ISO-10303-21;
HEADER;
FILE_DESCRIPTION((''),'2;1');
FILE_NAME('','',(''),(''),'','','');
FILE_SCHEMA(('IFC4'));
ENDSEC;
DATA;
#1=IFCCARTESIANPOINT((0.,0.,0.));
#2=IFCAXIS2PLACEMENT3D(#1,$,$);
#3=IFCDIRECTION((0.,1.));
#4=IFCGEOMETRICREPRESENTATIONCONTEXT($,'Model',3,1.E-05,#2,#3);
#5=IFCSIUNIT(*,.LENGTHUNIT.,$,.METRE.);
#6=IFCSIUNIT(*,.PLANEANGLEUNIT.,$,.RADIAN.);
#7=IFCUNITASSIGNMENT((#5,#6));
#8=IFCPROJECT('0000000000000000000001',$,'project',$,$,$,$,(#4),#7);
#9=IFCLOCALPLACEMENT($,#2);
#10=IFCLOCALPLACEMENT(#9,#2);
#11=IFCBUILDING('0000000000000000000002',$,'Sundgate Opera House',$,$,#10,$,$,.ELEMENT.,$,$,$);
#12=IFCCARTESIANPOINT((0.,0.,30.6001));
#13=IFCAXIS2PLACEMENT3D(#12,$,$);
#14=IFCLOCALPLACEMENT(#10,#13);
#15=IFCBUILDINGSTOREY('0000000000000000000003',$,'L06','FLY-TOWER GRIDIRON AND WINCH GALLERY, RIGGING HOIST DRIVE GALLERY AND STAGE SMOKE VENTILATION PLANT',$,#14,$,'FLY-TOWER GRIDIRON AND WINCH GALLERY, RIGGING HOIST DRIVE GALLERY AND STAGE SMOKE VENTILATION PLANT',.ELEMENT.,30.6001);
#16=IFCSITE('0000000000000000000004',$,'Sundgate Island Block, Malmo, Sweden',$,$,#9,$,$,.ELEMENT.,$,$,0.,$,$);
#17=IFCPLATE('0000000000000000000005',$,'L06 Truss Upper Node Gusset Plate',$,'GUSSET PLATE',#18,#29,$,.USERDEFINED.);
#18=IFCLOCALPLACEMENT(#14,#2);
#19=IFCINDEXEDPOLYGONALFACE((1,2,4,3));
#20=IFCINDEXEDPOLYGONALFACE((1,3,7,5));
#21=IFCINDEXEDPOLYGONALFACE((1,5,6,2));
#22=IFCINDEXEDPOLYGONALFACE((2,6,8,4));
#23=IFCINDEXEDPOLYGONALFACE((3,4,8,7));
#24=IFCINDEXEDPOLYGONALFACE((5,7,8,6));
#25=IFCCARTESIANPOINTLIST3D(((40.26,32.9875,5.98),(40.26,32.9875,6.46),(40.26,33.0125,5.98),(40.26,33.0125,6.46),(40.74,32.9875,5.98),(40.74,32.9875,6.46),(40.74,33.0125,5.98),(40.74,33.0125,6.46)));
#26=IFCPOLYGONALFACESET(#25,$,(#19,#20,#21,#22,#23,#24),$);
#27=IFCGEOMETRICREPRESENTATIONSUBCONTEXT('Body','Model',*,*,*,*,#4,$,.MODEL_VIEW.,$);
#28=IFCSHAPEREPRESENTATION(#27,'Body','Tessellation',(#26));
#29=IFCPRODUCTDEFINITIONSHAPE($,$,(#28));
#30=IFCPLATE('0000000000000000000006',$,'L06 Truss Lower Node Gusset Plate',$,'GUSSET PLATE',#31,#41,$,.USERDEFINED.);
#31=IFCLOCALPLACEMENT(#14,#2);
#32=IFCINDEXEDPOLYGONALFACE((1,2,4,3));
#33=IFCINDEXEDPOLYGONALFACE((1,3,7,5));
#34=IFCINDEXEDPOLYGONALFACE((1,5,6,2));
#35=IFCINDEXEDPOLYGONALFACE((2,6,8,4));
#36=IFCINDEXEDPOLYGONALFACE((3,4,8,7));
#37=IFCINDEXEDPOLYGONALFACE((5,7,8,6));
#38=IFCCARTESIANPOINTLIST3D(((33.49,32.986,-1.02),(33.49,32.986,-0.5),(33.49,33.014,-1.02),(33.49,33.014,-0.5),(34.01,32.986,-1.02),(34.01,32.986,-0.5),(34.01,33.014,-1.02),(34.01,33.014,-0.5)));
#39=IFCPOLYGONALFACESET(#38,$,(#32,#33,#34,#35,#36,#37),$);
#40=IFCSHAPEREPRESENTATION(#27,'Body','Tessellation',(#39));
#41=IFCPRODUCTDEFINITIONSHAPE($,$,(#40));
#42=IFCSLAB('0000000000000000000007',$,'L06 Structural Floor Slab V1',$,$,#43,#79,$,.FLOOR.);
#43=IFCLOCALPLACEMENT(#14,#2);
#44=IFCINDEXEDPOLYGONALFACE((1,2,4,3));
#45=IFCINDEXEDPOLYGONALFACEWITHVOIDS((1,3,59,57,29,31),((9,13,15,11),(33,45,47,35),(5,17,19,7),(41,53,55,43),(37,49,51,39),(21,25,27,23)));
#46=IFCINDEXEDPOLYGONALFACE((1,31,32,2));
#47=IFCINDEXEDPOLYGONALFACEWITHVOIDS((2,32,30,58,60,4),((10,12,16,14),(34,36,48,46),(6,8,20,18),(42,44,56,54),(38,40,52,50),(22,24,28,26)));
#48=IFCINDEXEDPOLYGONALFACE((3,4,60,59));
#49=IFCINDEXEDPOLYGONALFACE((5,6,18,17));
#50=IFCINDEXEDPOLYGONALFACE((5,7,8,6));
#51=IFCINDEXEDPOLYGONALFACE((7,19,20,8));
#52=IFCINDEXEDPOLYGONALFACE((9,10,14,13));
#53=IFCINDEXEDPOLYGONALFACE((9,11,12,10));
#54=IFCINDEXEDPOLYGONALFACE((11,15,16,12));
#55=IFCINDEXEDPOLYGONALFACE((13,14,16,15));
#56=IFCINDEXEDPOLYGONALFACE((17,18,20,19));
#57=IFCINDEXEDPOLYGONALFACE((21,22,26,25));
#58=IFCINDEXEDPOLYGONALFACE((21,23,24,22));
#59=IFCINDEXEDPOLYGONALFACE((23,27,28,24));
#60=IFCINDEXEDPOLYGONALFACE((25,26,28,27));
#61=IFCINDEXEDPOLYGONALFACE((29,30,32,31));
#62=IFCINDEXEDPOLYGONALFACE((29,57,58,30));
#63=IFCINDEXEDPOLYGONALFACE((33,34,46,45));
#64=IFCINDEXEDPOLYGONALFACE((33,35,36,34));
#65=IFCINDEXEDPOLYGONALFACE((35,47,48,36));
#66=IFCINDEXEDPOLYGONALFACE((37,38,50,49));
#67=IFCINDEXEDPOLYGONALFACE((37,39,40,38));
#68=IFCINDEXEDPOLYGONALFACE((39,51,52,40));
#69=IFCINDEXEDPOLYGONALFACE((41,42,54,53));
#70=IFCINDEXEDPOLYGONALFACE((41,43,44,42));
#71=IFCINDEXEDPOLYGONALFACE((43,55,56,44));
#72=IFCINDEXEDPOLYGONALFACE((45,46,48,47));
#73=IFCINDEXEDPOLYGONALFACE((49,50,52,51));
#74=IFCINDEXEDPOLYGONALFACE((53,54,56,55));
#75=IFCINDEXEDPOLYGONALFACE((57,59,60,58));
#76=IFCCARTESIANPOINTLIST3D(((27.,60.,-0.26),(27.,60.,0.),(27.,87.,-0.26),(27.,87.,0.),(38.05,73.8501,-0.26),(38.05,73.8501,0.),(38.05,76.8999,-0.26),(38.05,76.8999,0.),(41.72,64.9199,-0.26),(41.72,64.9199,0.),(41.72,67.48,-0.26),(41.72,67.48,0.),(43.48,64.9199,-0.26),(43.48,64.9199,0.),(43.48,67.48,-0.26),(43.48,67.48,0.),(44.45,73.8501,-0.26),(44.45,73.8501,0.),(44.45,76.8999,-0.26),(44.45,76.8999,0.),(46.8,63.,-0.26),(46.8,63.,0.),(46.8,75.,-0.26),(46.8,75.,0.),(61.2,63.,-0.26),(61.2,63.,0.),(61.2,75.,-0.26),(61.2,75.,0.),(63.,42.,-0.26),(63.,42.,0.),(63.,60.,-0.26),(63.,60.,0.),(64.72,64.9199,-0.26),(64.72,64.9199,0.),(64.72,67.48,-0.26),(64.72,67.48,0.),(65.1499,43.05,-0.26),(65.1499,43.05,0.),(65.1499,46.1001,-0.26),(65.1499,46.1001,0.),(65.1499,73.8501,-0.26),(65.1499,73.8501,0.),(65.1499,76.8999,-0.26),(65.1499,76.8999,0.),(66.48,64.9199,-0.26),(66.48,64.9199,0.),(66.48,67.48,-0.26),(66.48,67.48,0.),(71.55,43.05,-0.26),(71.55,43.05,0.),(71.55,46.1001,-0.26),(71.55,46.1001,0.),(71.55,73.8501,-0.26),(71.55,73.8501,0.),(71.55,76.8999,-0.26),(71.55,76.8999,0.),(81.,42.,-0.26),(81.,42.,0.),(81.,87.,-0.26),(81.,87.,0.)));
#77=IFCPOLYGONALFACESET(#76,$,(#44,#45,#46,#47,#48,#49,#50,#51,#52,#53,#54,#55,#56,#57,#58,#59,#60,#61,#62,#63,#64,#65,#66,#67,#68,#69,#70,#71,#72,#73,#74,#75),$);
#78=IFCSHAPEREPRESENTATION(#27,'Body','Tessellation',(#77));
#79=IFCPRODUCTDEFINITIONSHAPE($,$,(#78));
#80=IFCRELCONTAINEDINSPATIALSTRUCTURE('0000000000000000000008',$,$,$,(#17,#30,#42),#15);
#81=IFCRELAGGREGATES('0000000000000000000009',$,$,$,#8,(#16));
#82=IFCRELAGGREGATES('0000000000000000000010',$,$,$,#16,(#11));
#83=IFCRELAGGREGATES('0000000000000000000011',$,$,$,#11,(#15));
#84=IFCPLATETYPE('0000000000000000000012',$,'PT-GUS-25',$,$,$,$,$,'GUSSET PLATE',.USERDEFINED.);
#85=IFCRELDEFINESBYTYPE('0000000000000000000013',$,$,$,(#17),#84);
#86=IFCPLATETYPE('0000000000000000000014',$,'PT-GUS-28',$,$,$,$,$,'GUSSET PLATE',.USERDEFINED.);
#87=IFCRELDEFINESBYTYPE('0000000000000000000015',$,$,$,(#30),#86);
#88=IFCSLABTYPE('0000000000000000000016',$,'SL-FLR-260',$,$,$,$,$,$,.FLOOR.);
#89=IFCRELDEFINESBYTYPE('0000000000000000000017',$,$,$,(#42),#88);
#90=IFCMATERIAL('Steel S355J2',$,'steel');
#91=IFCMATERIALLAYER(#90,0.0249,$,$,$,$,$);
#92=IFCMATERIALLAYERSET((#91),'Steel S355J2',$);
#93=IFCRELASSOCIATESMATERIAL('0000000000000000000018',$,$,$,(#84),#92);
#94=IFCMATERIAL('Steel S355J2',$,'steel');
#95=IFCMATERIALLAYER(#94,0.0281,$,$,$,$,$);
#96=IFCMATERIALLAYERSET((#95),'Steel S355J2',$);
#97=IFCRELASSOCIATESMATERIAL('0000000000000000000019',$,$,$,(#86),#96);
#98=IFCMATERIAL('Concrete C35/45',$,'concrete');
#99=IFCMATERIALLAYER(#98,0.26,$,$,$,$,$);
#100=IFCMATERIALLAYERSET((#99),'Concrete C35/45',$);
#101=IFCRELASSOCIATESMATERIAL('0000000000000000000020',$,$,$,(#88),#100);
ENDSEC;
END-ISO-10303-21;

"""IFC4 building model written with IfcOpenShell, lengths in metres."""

from ifc_helpers import new_model, si_unit, direction, frame, origin, origin_2d, place, context, subcontext, project, spatial, polyline, rectangle, outline, extrude, material, layer, layer_set, type_object, element, save


model = new_model("IFC4")

# Units and contexts
model_context = context("Model", 3, precision=1e-05, world=origin(), true_north=direction((0.0, 1.0)))
body_context = subcontext(model_context, "Body", "Model", "MODEL_VIEW")
ifc_project = project(units=[si_unit("LENGTHUNIT", "METRE"), si_unit("PLANEANGLEUNIT", "RADIAN")], contexts=[model_context])

# Site, building, storey
site_placement = place(None, origin())
site = spatial("IfcSite", under=ifc_project, at=site_placement, Name="Sundgate Island Block, Malmo, Sweden", CompositionType="ELEMENT", RefElevation=0.0)
building_placement = place(site_placement, origin())
building = spatial("IfcBuilding", under=site, at=building_placement, Name="Sundgate Opera House", CompositionType="ELEMENT")
storey_placement = place(building_placement, frame((0.0, 0.0, 30.6001)))
storey = spatial("IfcBuildingStorey", under=building, at=storey_placement, Name="L06", Description="FLY-TOWER GRIDIRON AND WINCH GALLERY, RIGGING HOIST DRIVE GALLERY AND STAGE SMOKE VENTILATION PLANT", LongName="FLY-TOWER GRIDIRON AND WINCH GALLERY, RIGGING HOIST DRIVE GALLERY AND STAGE SMOKE VENTILATION PLANT", CompositionType="ELEMENT", Elevation=30.6001)

# Plates
ifc_material_1 = material(Name="Steel S355J2", Category="steel")
ifc_layer_1 = layer(ifc_material_1, 0.0249)
ifc_layer_set_1 = layer_set([ifc_layer_1], Name="Steel S355J2")
plate_type_1 = type_object("IfcPlateType", Name="PT-GUS-25", ElementType="GUSSET PLATE", PredefinedType="USERDEFINED", material=ifc_layer_set_1)
plate_1_placement = place(storey_placement, frame((40.5, 33.0, 5.98), z_axis=(0.0, 0.0, 1.0), x_axis=(1.0, 0.0, 0.0)))
element("IfcPlate", 1, at=plate_1_placement, inside=storey, type_object=plate_type_1, Name="L06 Truss Upper Node Gusset Plate", ObjectType="GUSSET PLATE", PredefinedType="USERDEFINED", context=body_context, shape_type="SweptSolid", body=[
    extrude(rectangle(XDim=0.48, YDim=0.0249, at=origin_2d()), origin(), (0.0, 0.0, 1.0), 0.48),
])
ifc_material_2 = material(Name="Steel S355J2", Category="steel")
ifc_layer_2 = layer(ifc_material_2, 0.0281)
ifc_layer_set_2 = layer_set([ifc_layer_2], Name="Steel S355J2")
plate_type_2 = type_object("IfcPlateType", Name="PT-GUS-28", ElementType="GUSSET PLATE", PredefinedType="USERDEFINED", material=ifc_layer_set_2)
plate_2_placement = place(storey_placement, frame((33.75, 33.0, -1.02), z_axis=(0.0, 0.0, 1.0), x_axis=(1.0, 0.0, 0.0)))
element("IfcPlate", 2, at=plate_2_placement, inside=storey, type_object=plate_type_2, Name="L06 Truss Lower Node Gusset Plate", ObjectType="GUSSET PLATE", PredefinedType="USERDEFINED", context=body_context, shape_type="SweptSolid", body=[
    extrude(rectangle(XDim=0.52, YDim=0.0281, at=origin_2d()), origin(), (0.0, 0.0, 1.0), 0.52),
])

# Slab
ifc_material_3 = material(Name="Concrete C35/45", Category="concrete")
ifc_layer_3 = layer(ifc_material_3, 0.26)
ifc_layer_set_3 = layer_set([ifc_layer_3], Name="Concrete C35/45")
slab_type_1 = type_object("IfcSlabType", Name="SL-FLR-260", PredefinedType="FLOOR", material=ifc_layer_set_3)
slab_1_placement = place(storey_placement, frame((0.0, 0.0, -0.26)))
element("IfcSlab", 3, at=slab_1_placement, inside=storey, type_object=slab_type_1, Name="L06 Structural Floor Slab V1", PredefinedType="FLOOR", context=body_context, shape_type="SweptSolid", body=[
    extrude(outline(polyline([(27.0, 60.0), (63.0, 60.0), (63.0, 42.0), (81.0, 42.0), (81.0, 87.0), (27.0, 87.0), (27.0, 60.0)]), holes=[polyline([(46.8, 75.0), (61.2, 75.0), (61.2, 63.0), (46.8, 63.0), (46.8, 75.0)]), polyline([(38.05, 76.8999), (44.45, 76.8999), (44.45, 73.8501), (38.05, 73.8501), (38.05, 76.8999)]), polyline([(65.1499, 46.1001), (71.55, 46.1001), (71.55, 43.05), (65.1499, 43.05), (65.1499, 46.1001)]), polyline([(65.1499, 76.8999), (71.55, 76.8999), (71.55, 73.8501), (65.1499, 73.8501), (65.1499, 76.8999)]), polyline([(41.72, 67.48), (43.48, 67.48), (43.48, 64.9199), (41.72, 64.9199), (41.72, 67.48)]), polyline([(64.72, 67.48), (66.48, 67.48), (66.48, 64.9199), (64.72, 64.9199), (64.72, 67.48)])]), origin(), (0.0, 0.0, 1.0), 0.26),
])

save(model, "model.ifc")
